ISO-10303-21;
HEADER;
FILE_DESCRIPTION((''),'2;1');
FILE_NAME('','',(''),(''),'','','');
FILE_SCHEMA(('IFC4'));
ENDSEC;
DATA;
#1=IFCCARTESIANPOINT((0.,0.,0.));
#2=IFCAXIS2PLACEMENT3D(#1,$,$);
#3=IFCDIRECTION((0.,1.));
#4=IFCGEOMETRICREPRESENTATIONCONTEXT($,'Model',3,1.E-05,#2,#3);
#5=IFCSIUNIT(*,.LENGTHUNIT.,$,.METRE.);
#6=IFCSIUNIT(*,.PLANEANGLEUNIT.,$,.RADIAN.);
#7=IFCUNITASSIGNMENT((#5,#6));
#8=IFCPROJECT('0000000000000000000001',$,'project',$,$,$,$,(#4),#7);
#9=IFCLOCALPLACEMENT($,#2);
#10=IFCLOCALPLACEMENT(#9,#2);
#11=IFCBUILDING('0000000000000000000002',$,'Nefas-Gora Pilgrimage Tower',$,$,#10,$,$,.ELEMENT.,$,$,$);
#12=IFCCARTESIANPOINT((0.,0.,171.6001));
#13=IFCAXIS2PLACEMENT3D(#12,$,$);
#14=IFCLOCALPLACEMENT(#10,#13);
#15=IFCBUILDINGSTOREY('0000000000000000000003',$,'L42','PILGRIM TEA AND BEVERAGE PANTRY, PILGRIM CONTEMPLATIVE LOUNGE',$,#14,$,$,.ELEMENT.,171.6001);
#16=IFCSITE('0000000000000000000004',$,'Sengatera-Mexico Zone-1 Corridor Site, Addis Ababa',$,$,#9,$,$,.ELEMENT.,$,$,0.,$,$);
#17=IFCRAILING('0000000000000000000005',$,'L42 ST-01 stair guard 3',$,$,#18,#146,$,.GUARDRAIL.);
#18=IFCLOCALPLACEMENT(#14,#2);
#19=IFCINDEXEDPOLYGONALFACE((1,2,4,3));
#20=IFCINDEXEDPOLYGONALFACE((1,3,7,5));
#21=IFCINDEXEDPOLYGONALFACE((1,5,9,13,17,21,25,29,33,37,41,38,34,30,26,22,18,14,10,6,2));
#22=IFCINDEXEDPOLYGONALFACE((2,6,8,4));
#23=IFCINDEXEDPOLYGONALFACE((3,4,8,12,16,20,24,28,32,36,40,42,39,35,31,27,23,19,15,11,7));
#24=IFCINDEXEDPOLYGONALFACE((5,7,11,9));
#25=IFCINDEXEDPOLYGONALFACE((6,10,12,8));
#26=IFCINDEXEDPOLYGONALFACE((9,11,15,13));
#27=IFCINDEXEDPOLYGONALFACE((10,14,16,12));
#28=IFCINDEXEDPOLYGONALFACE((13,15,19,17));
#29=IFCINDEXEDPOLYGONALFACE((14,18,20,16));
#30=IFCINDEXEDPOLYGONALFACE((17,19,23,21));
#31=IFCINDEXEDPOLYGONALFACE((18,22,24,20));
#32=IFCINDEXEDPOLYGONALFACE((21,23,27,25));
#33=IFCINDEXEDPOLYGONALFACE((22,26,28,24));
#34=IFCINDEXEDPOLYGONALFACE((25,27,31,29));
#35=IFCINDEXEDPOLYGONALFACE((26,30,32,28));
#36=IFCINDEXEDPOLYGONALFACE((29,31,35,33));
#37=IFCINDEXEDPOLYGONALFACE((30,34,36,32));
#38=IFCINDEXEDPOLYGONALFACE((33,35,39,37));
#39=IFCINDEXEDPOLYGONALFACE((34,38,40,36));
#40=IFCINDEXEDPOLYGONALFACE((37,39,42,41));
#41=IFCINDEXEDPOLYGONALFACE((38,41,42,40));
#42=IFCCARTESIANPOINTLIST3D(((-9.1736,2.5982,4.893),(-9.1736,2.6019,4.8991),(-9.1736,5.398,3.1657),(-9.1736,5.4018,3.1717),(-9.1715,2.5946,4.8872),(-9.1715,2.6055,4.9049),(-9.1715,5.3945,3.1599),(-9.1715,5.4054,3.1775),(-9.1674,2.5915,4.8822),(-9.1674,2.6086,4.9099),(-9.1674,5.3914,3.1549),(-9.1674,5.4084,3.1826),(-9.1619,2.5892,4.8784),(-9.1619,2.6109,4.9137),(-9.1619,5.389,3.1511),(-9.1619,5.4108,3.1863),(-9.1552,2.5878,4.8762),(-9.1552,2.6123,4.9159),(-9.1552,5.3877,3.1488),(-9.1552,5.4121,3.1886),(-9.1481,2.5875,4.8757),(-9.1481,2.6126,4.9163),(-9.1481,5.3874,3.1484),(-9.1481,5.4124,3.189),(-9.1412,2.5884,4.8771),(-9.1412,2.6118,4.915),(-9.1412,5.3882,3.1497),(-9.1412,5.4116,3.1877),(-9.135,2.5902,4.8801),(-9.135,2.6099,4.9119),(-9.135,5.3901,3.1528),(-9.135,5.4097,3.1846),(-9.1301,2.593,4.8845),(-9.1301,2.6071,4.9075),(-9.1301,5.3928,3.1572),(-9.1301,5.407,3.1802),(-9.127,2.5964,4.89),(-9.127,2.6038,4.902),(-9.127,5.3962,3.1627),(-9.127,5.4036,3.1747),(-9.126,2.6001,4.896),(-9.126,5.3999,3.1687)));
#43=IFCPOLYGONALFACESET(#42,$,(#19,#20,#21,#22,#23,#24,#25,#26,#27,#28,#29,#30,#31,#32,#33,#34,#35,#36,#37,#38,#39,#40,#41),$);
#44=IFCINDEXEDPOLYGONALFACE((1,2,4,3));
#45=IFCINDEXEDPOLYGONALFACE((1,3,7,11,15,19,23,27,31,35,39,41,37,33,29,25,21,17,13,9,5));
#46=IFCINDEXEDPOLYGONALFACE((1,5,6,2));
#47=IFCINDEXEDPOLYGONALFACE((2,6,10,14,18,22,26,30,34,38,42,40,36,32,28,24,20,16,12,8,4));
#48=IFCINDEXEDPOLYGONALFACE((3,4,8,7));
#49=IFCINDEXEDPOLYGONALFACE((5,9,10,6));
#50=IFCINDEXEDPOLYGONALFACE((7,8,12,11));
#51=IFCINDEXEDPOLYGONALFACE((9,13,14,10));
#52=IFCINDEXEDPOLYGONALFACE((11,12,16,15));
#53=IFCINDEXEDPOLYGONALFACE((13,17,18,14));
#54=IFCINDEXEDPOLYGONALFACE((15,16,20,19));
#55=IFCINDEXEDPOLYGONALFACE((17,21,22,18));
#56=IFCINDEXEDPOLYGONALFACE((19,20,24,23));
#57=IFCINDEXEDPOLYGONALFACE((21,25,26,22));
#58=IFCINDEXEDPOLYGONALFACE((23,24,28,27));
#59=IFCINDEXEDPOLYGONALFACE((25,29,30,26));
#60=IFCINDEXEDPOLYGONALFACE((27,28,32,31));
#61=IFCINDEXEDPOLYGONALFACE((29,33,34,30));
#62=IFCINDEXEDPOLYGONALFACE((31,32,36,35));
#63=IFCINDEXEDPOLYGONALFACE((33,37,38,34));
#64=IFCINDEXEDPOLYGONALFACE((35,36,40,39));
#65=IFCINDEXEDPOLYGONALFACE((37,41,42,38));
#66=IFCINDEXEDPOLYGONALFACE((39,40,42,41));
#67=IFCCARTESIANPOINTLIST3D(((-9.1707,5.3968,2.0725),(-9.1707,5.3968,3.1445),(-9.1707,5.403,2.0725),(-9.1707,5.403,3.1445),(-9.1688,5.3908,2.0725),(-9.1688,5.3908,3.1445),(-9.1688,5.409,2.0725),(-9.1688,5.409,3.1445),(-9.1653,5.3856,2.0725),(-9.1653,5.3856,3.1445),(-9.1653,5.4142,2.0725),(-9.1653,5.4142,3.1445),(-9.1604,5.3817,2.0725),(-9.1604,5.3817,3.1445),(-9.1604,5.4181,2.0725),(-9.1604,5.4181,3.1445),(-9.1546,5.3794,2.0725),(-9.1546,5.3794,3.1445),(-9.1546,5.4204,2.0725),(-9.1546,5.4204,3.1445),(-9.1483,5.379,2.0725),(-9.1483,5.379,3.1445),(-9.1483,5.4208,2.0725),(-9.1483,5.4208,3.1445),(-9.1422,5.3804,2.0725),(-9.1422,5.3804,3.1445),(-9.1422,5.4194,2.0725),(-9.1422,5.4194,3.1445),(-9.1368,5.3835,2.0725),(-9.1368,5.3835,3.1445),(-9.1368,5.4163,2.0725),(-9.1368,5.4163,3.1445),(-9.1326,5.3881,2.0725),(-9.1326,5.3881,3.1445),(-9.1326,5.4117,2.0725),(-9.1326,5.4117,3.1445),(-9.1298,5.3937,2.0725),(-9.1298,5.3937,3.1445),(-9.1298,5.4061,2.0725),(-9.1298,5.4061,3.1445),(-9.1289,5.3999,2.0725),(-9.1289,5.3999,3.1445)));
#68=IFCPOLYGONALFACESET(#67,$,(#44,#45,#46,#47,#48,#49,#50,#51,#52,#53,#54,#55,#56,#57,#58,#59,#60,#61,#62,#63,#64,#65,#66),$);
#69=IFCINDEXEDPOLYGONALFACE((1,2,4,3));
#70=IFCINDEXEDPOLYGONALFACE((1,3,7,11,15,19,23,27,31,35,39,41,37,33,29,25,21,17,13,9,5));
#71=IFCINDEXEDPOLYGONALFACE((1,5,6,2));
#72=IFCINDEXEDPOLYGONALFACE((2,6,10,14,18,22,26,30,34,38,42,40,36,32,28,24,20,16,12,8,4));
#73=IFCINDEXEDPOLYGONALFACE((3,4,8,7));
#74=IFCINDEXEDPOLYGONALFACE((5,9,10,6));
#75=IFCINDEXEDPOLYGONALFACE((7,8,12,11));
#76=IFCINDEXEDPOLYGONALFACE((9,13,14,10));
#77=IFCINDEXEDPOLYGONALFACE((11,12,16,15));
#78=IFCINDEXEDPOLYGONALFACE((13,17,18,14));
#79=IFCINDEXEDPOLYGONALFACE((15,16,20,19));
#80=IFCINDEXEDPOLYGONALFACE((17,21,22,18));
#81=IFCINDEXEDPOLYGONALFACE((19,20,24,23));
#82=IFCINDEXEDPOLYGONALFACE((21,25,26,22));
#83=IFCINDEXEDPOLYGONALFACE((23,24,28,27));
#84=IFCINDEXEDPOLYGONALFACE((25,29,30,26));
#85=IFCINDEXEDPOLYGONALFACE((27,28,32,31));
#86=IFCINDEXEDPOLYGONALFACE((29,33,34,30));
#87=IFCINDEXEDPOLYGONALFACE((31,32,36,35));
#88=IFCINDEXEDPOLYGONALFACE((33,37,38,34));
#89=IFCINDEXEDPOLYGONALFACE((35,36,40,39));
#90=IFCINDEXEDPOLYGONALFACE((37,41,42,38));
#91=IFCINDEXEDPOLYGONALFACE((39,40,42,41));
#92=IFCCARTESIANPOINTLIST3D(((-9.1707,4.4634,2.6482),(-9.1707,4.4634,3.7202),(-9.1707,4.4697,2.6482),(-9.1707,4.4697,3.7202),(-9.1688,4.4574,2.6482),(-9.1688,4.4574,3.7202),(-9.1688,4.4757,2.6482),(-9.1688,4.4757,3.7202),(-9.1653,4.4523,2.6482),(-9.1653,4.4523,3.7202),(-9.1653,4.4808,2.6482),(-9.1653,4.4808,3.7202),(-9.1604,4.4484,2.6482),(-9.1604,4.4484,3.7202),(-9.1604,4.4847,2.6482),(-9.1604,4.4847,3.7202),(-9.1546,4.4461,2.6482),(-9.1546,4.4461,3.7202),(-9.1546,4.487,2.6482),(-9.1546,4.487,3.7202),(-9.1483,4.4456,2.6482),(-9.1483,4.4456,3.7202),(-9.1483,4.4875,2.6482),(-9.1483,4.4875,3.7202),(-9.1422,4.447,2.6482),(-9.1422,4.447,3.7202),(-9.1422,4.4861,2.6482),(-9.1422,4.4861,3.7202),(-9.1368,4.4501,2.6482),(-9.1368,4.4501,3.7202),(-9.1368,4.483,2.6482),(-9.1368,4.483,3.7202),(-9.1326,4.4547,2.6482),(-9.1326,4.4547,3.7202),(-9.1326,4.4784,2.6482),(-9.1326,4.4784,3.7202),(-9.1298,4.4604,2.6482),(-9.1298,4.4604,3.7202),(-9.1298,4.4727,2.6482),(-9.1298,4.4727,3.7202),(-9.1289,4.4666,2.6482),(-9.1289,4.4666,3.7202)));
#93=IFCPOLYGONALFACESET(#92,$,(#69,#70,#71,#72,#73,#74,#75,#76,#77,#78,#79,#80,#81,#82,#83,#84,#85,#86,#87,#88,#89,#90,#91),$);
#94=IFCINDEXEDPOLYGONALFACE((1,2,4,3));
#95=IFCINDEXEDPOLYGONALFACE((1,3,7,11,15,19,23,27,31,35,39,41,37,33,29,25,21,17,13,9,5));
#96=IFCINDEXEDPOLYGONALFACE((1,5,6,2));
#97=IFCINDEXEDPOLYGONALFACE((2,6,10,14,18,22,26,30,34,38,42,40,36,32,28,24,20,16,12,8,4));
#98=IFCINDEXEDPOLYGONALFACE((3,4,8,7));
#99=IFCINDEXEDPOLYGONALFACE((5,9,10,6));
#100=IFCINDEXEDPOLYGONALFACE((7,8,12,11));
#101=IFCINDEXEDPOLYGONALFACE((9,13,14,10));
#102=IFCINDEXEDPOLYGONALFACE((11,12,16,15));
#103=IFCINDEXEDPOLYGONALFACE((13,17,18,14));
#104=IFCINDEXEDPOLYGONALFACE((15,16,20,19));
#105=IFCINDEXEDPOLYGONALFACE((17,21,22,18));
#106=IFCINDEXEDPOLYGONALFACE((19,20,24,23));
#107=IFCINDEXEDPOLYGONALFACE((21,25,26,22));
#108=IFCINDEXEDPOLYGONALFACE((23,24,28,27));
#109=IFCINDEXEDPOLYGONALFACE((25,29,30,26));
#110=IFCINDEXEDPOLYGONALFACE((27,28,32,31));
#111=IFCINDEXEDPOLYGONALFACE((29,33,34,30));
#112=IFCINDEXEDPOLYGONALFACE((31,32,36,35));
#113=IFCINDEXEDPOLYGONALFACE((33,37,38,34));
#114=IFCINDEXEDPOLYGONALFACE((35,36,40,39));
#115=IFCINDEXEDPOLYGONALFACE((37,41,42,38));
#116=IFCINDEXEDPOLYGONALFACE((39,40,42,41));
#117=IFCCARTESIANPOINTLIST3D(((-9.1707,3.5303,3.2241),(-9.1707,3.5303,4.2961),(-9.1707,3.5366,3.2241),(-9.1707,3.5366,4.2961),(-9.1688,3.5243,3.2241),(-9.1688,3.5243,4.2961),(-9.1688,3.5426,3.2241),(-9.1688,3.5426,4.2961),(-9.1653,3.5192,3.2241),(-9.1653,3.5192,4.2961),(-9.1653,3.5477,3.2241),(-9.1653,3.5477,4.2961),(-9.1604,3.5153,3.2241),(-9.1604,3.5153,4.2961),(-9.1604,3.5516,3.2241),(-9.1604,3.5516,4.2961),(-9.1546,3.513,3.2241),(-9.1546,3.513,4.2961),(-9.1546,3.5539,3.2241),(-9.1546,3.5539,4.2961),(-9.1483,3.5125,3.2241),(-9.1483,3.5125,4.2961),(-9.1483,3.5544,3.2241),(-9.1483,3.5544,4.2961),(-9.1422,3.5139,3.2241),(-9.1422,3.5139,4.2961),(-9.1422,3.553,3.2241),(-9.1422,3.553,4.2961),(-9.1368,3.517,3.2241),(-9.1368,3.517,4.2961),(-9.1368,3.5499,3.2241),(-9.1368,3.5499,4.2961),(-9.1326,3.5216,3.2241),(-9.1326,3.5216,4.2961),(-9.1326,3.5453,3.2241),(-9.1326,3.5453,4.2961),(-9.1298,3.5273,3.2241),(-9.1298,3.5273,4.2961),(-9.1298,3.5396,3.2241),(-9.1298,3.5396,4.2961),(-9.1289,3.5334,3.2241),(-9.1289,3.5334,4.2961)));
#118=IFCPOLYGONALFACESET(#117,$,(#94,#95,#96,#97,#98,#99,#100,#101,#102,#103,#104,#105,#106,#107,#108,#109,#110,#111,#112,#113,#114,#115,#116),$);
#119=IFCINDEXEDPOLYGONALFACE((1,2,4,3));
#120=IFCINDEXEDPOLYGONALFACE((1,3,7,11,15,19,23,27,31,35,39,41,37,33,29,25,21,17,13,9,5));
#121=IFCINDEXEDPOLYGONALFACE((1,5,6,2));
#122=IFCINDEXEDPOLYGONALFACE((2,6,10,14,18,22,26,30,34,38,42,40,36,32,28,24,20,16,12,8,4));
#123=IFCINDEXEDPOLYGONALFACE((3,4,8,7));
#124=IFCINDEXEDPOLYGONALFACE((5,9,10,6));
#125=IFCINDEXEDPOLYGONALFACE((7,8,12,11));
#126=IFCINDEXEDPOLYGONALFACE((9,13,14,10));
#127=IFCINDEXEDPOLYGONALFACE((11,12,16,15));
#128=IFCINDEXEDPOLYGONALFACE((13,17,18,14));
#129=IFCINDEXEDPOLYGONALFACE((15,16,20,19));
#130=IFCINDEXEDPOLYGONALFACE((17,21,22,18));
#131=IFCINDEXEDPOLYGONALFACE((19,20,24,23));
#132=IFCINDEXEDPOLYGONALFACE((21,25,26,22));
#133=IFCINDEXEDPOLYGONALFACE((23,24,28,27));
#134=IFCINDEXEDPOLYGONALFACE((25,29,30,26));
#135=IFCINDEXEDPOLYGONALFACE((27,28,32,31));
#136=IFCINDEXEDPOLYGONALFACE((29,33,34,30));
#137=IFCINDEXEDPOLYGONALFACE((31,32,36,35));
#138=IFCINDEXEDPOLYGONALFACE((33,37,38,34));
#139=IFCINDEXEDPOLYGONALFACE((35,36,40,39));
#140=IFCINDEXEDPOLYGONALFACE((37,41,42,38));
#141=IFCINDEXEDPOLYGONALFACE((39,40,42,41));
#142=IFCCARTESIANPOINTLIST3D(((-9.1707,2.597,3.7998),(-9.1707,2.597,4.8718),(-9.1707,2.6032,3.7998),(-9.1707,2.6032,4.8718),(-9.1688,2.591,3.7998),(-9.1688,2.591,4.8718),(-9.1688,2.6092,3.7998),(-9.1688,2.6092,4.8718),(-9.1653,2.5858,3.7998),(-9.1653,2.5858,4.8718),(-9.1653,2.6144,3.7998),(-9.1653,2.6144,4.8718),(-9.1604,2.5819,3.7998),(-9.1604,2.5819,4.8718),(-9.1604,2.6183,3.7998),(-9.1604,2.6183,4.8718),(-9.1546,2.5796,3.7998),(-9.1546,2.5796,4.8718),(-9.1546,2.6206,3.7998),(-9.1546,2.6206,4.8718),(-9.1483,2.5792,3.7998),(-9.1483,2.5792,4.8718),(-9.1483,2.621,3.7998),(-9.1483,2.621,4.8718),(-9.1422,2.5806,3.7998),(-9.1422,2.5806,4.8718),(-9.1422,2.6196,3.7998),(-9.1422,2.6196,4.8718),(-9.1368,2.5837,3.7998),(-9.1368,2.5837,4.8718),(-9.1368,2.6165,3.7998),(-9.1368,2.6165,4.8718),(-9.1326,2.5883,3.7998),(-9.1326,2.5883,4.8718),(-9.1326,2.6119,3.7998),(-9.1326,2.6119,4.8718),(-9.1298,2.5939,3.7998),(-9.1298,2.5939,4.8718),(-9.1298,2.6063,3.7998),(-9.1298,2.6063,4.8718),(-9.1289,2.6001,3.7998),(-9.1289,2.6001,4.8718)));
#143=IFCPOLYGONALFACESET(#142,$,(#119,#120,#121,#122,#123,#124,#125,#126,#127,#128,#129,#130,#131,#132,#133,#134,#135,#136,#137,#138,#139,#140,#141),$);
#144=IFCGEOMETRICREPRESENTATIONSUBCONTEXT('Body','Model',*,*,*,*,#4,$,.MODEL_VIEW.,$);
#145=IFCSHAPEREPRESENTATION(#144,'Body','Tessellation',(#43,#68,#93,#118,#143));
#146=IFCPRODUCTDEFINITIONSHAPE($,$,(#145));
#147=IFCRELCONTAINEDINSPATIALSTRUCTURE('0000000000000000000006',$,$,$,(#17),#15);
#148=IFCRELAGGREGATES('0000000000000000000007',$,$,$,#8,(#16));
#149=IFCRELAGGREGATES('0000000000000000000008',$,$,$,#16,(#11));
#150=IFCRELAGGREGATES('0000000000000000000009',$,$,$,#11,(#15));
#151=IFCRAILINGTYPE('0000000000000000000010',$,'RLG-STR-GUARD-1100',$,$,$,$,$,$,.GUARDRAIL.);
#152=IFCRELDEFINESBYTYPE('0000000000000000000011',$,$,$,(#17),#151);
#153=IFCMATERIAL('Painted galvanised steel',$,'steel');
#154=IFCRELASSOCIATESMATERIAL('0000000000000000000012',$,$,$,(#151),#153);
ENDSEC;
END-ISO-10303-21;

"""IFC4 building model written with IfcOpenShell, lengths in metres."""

from ifc_helpers import new_model, si_unit, direction, frame, origin, origin_2d, place, context, subcontext, project, spatial, circle, extrude, material, type_object, element, save


model = new_model("IFC4")

# Units and contexts
model_context = context("Model", 3, precision=1e-05, world=origin(), true_north=direction((0.0, 1.0)))
body_context = subcontext(model_context, "Body", "Model", "MODEL_VIEW")
ifc_project = project(units=[si_unit("LENGTHUNIT", "METRE"), si_unit("PLANEANGLEUNIT", "RADIAN")], contexts=[model_context])

# Site, building, storey
site_placement = place(None, origin())
site = spatial("IfcSite", under=ifc_project, at=site_placement, Name="Sengatera-Mexico Zone-1 Corridor Site, Addis Ababa", CompositionType="ELEMENT", RefElevation=0.0)
building_placement = place(site_placement, origin())
building = spatial("IfcBuilding", under=site, at=building_placement, Name="Nefas-Gora Pilgrimage Tower", CompositionType="ELEMENT")
storey_placement = place(building_placement, frame((0.0, 0.0, 171.6001)))
storey = spatial("IfcBuildingStorey", under=building, at=storey_placement, Name="L42", Description="PILGRIM TEA AND BEVERAGE PANTRY, PILGRIM CONTEMPLATIVE LOUNGE", CompositionType="ELEMENT", Elevation=171.6001)

# Railing
ifc_material_1 = material(Name="Painted galvanised steel", Category="steel")
railing_type_1 = type_object("IfcRailingType", Name="RLG-STR-GUARD-1100", PredefinedType="GUARDRAIL", material=ifc_material_1)
railing_1_placement = place(storey_placement, frame((-9.1499, 5.3999, 2.0725)))
element("IfcRailing", 1, at=railing_1_placement, inside=storey, type_object=railing_type_1, Name="L42 ST-01 stair guard 3", PredefinedType="GUARDRAIL", context=body_context, shape_type="SweptSolid", body=[
    extrude(circle(Radius=0.0239, at=origin_2d()), frame((0.0, 0.0, 1.0962), z_axis=(0.0, -0.851069, 0.525054), x_axis=(1.0, 0.0, 0.0)), (0.0, 0.0, 1.0), 3.2898),
    extrude(circle(Radius=0.021, at=origin_2d()), origin(), (0.0, 0.0, 1.0), 1.072),
    extrude(circle(Radius=0.021, at=origin_2d()), frame((0.0, -0.9333, 0.5757)), (0.0, 0.0, 1.0), 1.072),
    extrude(circle(Radius=0.021, at=origin_2d()), frame((0.0, -1.8665, 1.1516)), (0.0, 0.0, 1.0), 1.072),
    extrude(circle(Radius=0.021, at=origin_2d()), frame((0.0, -2.7998, 1.7273)), (0.0, 0.0, 1.0), 1.072),
])

save(model, "model.ifc")
